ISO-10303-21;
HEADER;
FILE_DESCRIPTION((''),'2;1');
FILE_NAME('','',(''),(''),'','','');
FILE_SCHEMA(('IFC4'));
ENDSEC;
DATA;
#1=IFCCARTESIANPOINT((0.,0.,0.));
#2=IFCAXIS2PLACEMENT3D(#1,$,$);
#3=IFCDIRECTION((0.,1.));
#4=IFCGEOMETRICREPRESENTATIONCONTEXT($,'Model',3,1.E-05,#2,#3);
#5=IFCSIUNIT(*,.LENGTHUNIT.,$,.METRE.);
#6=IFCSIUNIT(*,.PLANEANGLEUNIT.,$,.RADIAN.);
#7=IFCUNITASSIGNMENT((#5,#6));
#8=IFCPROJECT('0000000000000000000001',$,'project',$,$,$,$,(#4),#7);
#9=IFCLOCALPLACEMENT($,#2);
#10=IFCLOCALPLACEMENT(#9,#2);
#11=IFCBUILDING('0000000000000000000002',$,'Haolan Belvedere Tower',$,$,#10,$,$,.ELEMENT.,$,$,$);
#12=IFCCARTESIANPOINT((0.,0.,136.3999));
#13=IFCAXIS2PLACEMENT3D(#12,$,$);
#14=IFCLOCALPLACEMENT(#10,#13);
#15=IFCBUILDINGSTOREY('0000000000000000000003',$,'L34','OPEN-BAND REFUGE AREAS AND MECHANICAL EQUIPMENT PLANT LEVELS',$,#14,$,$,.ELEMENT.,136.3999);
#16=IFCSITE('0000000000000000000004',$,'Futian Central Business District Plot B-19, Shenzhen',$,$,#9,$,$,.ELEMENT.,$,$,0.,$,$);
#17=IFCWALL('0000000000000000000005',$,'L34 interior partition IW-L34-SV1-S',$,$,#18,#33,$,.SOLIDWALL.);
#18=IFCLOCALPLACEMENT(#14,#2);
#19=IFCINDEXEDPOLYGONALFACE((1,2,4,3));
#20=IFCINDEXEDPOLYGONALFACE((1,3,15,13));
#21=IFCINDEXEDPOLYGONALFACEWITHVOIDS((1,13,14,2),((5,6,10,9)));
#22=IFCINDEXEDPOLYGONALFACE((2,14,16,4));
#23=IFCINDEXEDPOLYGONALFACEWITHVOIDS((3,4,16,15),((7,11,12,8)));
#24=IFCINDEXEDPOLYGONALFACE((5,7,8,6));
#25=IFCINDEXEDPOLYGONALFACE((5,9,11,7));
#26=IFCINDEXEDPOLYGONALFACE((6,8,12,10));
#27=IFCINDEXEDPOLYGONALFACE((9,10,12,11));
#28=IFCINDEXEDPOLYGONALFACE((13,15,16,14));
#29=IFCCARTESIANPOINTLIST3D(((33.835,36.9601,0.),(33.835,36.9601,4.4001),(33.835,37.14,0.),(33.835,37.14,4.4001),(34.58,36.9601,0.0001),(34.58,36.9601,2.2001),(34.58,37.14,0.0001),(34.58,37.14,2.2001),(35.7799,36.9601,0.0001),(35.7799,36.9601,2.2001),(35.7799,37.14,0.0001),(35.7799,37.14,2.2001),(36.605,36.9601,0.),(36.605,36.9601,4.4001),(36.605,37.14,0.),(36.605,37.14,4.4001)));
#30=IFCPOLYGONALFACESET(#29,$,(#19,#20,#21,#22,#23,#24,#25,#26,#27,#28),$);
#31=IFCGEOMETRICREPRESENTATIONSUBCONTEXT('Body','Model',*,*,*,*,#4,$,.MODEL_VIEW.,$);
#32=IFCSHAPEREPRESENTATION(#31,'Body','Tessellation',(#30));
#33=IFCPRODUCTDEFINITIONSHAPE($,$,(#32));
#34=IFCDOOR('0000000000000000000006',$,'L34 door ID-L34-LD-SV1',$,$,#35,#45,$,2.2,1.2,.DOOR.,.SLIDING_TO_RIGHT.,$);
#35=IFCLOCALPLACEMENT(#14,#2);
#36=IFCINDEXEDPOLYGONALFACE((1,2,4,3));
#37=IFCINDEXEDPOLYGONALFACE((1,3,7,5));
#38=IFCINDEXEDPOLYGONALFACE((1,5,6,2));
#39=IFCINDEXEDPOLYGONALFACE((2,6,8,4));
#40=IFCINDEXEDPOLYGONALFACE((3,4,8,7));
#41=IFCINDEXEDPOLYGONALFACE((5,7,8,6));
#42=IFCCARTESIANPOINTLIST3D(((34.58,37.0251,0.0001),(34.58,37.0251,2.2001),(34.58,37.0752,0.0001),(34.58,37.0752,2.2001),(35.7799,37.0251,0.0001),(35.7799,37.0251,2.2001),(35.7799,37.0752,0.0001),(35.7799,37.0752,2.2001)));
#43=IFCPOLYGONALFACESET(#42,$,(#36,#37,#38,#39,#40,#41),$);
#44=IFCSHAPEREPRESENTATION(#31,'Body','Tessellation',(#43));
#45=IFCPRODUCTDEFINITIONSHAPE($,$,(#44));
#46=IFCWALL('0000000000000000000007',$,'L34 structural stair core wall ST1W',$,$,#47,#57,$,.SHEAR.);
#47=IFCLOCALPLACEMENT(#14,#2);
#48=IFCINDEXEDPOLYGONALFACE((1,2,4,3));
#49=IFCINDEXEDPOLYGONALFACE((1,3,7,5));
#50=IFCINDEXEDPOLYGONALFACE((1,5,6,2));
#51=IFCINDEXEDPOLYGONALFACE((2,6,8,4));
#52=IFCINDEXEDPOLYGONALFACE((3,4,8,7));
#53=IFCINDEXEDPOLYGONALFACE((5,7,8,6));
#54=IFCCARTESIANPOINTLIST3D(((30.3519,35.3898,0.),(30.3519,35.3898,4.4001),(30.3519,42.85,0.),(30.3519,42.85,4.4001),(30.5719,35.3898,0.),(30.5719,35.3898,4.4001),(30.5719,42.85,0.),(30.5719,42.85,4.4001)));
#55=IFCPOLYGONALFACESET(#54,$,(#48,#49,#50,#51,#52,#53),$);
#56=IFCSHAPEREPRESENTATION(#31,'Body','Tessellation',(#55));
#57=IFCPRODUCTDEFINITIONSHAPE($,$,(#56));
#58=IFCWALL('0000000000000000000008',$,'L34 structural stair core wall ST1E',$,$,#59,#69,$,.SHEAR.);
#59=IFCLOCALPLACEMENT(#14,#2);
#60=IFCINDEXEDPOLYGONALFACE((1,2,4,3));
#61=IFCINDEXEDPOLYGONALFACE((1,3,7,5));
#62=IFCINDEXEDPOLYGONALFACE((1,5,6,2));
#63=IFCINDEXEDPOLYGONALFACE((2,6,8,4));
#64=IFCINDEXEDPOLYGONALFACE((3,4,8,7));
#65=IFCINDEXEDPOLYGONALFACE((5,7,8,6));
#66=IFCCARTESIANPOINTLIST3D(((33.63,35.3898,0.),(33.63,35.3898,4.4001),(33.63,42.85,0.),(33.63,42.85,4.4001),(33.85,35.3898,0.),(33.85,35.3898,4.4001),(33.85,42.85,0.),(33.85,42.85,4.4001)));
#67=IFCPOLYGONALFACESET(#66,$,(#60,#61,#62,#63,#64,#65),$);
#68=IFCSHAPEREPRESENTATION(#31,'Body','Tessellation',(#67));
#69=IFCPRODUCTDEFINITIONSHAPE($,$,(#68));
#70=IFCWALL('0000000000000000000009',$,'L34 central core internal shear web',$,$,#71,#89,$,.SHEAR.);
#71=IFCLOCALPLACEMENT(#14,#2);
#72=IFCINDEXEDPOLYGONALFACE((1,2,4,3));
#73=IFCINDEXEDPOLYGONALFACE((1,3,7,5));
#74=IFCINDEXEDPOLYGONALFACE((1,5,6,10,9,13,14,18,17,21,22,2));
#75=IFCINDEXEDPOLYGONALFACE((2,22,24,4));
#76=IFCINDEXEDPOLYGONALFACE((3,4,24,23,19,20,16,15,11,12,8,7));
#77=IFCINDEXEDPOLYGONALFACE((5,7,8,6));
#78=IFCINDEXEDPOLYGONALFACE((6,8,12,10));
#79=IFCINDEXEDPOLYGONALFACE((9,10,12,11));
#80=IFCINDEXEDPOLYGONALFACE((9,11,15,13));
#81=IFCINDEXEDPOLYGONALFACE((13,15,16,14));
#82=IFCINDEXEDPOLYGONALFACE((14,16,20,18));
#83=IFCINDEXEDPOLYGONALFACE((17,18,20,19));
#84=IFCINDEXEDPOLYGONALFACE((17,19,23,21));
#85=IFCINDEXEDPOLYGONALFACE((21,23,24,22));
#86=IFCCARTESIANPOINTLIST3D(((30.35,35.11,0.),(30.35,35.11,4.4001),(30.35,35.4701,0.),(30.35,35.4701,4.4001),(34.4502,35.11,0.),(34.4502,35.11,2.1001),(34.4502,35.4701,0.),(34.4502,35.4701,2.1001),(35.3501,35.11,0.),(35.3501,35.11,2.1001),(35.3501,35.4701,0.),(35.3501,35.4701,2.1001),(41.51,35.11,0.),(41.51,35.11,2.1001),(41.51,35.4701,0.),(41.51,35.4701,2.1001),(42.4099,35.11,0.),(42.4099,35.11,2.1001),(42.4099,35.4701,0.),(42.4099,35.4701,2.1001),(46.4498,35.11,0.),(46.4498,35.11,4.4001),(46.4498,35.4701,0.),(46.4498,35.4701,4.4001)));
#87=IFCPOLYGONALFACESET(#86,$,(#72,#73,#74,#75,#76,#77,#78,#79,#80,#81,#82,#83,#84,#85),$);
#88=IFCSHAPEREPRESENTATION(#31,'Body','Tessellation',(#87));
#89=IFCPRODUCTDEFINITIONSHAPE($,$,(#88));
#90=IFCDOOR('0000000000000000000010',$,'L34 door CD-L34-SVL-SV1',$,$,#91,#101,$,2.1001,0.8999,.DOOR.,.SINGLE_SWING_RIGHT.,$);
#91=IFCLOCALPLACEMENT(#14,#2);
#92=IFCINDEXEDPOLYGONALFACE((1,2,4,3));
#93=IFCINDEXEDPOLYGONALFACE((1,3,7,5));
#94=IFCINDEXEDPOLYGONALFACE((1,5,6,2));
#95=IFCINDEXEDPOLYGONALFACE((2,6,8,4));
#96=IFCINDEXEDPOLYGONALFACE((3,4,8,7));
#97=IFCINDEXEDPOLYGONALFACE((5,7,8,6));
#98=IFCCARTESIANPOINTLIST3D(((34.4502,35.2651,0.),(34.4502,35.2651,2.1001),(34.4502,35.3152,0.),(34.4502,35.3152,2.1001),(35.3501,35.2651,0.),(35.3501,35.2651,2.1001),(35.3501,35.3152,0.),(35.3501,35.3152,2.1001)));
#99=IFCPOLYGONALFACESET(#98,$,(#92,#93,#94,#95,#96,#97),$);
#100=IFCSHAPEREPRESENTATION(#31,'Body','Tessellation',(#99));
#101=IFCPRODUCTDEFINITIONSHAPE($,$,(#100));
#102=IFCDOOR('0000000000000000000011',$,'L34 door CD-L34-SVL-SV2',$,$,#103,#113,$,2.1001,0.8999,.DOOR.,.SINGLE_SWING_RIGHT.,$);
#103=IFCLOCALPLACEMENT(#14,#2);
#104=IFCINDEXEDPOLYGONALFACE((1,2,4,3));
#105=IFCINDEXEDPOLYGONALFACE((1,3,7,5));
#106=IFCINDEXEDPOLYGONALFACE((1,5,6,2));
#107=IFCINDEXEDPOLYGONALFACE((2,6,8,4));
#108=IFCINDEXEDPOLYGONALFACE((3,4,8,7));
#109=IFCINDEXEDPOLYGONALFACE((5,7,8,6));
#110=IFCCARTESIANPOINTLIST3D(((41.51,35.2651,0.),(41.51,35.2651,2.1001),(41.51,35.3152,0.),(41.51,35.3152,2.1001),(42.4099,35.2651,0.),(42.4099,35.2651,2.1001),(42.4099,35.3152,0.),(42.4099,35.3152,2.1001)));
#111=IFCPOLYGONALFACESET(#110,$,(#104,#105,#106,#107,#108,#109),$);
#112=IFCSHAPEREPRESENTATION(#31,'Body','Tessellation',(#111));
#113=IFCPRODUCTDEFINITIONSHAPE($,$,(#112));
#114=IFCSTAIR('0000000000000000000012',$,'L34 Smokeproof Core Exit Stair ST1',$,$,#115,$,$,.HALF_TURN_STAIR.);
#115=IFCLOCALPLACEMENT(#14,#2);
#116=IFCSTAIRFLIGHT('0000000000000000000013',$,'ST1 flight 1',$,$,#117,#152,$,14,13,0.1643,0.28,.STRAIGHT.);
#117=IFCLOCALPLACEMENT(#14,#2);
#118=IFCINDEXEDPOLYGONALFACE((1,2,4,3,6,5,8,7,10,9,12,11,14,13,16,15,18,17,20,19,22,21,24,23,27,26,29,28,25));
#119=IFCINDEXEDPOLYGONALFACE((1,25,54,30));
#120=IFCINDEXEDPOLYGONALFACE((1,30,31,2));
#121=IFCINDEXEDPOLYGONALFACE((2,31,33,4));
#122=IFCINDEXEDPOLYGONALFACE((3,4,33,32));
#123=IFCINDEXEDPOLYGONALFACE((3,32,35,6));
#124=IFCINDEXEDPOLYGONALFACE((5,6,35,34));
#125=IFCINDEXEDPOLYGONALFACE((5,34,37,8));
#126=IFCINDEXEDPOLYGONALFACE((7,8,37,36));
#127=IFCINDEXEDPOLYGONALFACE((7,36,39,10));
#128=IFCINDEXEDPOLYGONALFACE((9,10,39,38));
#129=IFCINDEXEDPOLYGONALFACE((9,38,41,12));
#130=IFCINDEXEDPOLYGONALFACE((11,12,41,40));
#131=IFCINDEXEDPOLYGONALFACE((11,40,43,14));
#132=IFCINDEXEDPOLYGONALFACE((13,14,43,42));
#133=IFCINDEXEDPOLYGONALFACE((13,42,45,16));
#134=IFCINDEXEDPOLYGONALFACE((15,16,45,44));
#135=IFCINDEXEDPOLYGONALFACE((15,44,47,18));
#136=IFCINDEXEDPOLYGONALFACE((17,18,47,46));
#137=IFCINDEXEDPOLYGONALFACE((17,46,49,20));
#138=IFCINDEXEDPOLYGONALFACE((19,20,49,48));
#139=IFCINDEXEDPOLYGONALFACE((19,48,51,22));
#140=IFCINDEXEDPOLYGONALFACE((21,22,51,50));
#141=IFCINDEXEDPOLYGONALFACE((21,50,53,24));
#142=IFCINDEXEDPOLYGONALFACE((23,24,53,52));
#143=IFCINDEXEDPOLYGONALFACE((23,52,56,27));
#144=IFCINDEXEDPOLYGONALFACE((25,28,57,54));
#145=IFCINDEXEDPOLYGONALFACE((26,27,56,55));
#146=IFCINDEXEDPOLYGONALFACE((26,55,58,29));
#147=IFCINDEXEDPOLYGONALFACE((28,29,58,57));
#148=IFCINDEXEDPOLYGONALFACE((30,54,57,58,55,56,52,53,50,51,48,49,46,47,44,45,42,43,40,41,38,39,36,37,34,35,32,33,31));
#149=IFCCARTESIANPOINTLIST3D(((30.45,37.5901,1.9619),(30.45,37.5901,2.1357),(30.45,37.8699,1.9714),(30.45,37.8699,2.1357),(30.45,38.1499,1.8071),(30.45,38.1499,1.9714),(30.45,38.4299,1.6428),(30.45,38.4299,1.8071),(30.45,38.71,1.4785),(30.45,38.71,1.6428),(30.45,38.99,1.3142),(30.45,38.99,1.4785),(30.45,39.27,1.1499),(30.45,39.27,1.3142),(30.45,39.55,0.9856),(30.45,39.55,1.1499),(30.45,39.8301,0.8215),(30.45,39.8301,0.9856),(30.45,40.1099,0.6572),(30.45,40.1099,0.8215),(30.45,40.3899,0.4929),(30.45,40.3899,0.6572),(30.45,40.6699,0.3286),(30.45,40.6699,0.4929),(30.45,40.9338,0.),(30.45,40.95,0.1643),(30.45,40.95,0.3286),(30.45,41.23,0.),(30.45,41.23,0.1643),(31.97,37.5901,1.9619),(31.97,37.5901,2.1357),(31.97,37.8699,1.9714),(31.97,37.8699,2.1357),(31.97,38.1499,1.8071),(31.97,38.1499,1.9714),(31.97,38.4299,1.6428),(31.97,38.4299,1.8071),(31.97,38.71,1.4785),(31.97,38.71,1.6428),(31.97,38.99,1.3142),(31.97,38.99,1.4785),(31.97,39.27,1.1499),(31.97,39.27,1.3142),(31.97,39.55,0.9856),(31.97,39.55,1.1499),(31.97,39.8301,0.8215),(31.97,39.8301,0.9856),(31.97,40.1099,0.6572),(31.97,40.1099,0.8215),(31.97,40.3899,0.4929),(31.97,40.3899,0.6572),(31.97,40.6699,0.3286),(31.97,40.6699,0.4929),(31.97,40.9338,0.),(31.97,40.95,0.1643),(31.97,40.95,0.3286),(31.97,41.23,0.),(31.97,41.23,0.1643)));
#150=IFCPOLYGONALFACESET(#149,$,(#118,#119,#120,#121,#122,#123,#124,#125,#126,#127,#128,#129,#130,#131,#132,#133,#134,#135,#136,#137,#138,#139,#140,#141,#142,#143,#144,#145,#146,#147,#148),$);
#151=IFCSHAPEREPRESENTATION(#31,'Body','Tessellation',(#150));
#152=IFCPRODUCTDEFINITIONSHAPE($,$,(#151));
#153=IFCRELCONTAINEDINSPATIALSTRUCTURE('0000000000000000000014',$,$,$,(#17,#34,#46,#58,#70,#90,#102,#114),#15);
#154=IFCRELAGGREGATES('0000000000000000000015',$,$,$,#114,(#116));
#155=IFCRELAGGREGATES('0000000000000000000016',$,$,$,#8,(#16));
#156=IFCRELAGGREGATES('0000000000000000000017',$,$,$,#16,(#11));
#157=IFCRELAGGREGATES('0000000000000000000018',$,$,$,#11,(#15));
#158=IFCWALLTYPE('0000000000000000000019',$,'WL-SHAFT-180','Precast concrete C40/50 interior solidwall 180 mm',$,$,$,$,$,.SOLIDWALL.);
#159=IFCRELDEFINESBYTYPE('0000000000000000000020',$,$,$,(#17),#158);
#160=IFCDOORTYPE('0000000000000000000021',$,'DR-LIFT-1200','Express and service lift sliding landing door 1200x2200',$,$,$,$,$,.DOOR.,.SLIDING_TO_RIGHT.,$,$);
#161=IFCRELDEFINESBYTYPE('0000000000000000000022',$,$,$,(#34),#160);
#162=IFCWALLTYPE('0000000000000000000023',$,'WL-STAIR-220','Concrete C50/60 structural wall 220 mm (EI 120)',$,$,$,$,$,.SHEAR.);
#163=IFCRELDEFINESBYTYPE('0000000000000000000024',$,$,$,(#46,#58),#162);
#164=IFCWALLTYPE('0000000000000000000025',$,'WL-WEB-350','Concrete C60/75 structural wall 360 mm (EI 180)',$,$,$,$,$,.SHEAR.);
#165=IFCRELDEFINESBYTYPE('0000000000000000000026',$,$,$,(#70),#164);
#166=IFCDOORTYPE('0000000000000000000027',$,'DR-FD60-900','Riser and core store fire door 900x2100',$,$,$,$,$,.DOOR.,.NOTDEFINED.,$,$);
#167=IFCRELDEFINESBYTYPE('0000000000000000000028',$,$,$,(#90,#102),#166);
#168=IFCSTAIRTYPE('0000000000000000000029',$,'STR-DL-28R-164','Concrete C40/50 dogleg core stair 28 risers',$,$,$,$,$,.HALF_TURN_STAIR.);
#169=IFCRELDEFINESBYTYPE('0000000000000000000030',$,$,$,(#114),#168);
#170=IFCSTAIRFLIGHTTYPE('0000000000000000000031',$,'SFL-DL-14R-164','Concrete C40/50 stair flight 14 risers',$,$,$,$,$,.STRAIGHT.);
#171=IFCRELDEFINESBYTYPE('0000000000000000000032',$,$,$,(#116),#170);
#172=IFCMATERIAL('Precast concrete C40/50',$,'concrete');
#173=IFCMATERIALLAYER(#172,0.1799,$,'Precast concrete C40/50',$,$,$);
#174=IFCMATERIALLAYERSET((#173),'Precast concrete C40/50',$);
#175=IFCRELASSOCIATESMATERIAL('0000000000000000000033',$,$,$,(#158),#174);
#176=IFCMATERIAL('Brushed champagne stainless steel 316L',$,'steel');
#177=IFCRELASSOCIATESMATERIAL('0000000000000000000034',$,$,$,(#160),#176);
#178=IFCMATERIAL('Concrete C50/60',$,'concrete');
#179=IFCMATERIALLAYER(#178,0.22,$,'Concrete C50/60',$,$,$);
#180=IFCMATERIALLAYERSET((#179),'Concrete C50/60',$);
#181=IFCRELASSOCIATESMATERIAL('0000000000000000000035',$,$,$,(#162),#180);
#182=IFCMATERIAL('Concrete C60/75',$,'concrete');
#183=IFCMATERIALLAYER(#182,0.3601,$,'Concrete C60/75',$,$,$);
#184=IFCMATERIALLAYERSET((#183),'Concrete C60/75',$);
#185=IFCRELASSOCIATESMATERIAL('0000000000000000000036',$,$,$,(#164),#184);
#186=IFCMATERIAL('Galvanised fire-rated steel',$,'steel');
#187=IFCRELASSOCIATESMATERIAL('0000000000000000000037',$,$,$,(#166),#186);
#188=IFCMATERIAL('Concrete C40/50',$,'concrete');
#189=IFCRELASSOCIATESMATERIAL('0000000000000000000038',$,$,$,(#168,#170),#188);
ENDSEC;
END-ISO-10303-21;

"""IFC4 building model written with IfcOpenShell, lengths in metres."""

from ifc_helpers import new_model, si_unit, direction, frame, frame_2d, origin, place, context, subcontext, project, spatial, polyline, rectangle, outline, extrude, material, layer, layer_set, type_object, element, fill, aggregate, save


model = new_model("IFC4")

# Units and contexts
model_context = context("Model", 3, precision=1e-05, world=origin(), true_north=direction((0.0, 1.0)))
body_context = subcontext(model_context, "Body", "Model", "MODEL_VIEW")
ifc_project = project(units=[si_unit("LENGTHUNIT", "METRE"), si_unit("PLANEANGLEUNIT", "RADIAN")], contexts=[model_context])

# Site, building, storey
site_placement = place(None, origin())
site = spatial("IfcSite", under=ifc_project, at=site_placement, Name="Futian Central Business District Plot B-19, Shenzhen", CompositionType="ELEMENT", RefElevation=0.0)
building_placement = place(site_placement, origin())
building = spatial("IfcBuilding", under=site, at=building_placement, Name="Haolan Belvedere Tower", CompositionType="ELEMENT")
storey_placement = place(building_placement, frame((0.0, 0.0, 136.3999)))
storey = spatial("IfcBuildingStorey", under=building, at=storey_placement, Name="L34", Description="OPEN-BAND REFUGE AREAS AND MECHANICAL EQUIPMENT PLANT LEVELS", CompositionType="ELEMENT", Elevation=136.3999)

# Shared definitions
ifc_material_1 = material(Name="Concrete C60/75", Category="concrete")

# Shared definitions
ifc_material_2 = material(Name="Concrete C40/50", Category="concrete")
ifc_material_3 = material(Name="Galvanised fire-rated steel", Category="steel")

# Shared definitions
ifc_material_4 = material(Name="Precast concrete C40/50", Category="concrete")
ifc_layer_1 = layer(ifc_material_4, 0.1799, Name="Precast concrete C40/50")
ifc_layer_set_1 = layer_set([ifc_layer_1], Name="Precast concrete C40/50")
wall_type_1 = type_object("IfcWallType", Name="WL-SHAFT-180", Description="Precast concrete C40/50 interior solidwall 180 mm", PredefinedType="SOLIDWALL", material=ifc_layer_set_1)

# Wall, opening, door
wall_1_placement = place(storey_placement, frame((33.835, 37.05, 0.0), z_axis=(0.0, 0.0, 1.0), x_axis=(1.0, 0.0, 0.0)))
wall_1 = element("IfcWall", 1, at=wall_1_placement, inside=storey, type_object=wall_type_1, Name="L34 interior partition IW-L34-SV1-S", PredefinedType="SOLIDWALL", context=body_context, shape_type="SweptSolid", body=[
    extrude(rectangle(XDim=2.77, YDim=0.1799, at=frame_2d((1.385, 0.0))), origin(), (0.0, 0.0, 1.0), 4.4001),
])
opening_1_placement = place(wall_1_placement, frame((1.9451, 0.0, 0.0), z_axis=(0.0, 0.0, 1.0), x_axis=(-1.0, 0.0, 0.0)))
opening_1 = element("IfcOpeningElement", 2, at=opening_1_placement, cuts=wall_1, PredefinedType="OPENING", context=body_context, shape_type="SweptSolid", body=[
    extrude(rectangle(XDim=1.2, YDim=2.2, at=frame_2d((0.6001, 1.1001))), frame((0.0, 0.0999, 0.0), z_axis=(0.0, -1.0, 0.0), x_axis=(1.0, 0.0, 0.0)), (0.0, 0.0, 1.0), 0.2),
])
ifc_material_5 = material(Name="Brushed champagne stainless steel 316L", Category="steel")
door_type_1 = type_object("IfcDoorType", Name="DR-LIFT-1200", Description="Express and service lift sliding landing door 1200x2200", OperationType="SLIDING_TO_RIGHT", PredefinedType="DOOR", material=ifc_material_5)
door_1_placement = place(opening_1_placement, origin())
door_1 = element("IfcDoor", 3, at=door_1_placement, inside=storey, type_object=door_type_1, Name="L34 door ID-L34-LD-SV1", OperationType="SLIDING_TO_RIGHT", OverallHeight=2.2, OverallWidth=1.2, PredefinedType="DOOR", context=body_context, shape_type="SweptSolid", body=[
    extrude(rectangle(XDim=1.2, YDim=2.2, at=frame_2d((0.6001, 1.1001))), frame((0.0, 0.0249, 0.0), z_axis=(0.0, -1.0, 0.0), x_axis=(1.0, 0.0, 0.0)), (0.0, 0.0, 1.0), 0.05),
])
fill(opening_1, door_1)

# Walls
ifc_material_6 = material(Name="Concrete C50/60", Category="concrete")
ifc_layer_2 = layer(ifc_material_6, 0.22, Name="Concrete C50/60")
ifc_layer_set_2 = layer_set([ifc_layer_2], Name="Concrete C50/60")
wall_type_2 = type_object("IfcWallType", Name="WL-STAIR-220", Description="Concrete C50/60 structural wall 220 mm (EI 120)", PredefinedType="SHEAR", material=ifc_layer_set_2)
for number, where, z_axis, x_axis, name in (
    (4, (30.4619, 35.3899, 0.0), (0.0, 0.0, 1.0), (0.0, 1.0, 0.0), "L34 structural stair core wall ST1W"),
    (5, (33.74, 35.3899, 0.0), (0.0, 0.0, 1.0), (0.0, 1.0, 0.0), "L34 structural stair core wall ST1E"),
):
    element("IfcWall", number, at=place(storey_placement, frame(where, z_axis=z_axis, x_axis=x_axis)), inside=storey, type_object=wall_type_2, Name=name, PredefinedType="SHEAR", context=body_context, shape_type="SweptSolid", body=[
        extrude(rectangle(XDim=7.4602, YDim=0.22, at=frame_2d((3.73, 0.0))), origin(), (0.0, 0.0, 1.0), 4.4001),
    ])

# Wall, openings, doors
ifc_layer_3 = layer(ifc_material_1, 0.3601, Name="Concrete C60/75")
ifc_layer_set_3 = layer_set([ifc_layer_3], Name="Concrete C60/75")
wall_type_3 = type_object("IfcWallType", Name="WL-WEB-350", Description="Concrete C60/75 structural wall 360 mm (EI 180)", PredefinedType="SHEAR", material=ifc_layer_set_3)
wall_2_placement = place(storey_placement, frame((30.3501, 35.29, 0.0), z_axis=(0.0, 0.0, 1.0), x_axis=(1.0, 0.0, 0.0)))
wall_2 = element("IfcWall", 6, at=wall_2_placement, inside=storey, type_object=wall_type_3, Name="L34 central core internal shear web", PredefinedType="SHEAR", context=body_context, shape_type="SweptSolid", body=[
    extrude(rectangle(XDim=16.0999, YDim=0.3601, at=frame_2d((8.0498, 0.0))), origin(), (0.0, 0.0, 1.0), 4.4001),
])
opening_2_placement = place(wall_2_placement, frame((5.0, 0.0, 0.0), z_axis=(0.0, 0.0, 1.0), x_axis=(-1.0, 0.0, 0.0)))
opening_2 = element("IfcOpeningElement", 7, at=opening_2_placement, cuts=wall_2, PredefinedType="OPENING", context=body_context, shape_type="SweptSolid", body=[
    extrude(rectangle(XDim=0.8999, YDim=2.1001, at=frame_2d((0.45, 1.05))), frame((0.0, 0.1899, 0.0), z_axis=(0.0, -1.0, 0.0), x_axis=(1.0, 0.0, 0.0)), (0.0, 0.0, 1.0), 0.3801),
])
opening_3_placement = place(wall_2_placement, frame((12.0598, 0.0, 0.0), z_axis=(0.0, 0.0, 1.0), x_axis=(-1.0, 0.0, 0.0)))
opening_3 = element("IfcOpeningElement", 8, at=opening_3_placement, cuts=wall_2, PredefinedType="OPENING", context=body_context, shape_type="SweptSolid", body=[
    extrude(rectangle(XDim=0.8999, YDim=2.1001, at=frame_2d((0.45, 1.05))), frame((0.0, 0.1899, 0.0), z_axis=(0.0, -1.0, 0.0), x_axis=(1.0, 0.0, 0.0)), (0.0, 0.0, 1.0), 0.3801),
])
door_type_2 = type_object("IfcDoorType", Name="DR-FD60-900", Description="Riser and core store fire door 900x2100", OperationType="NOTDEFINED", PredefinedType="DOOR", material=ifc_material_3)
door_2_placement = place(opening_2_placement, origin())
door_2 = element("IfcDoor", 9, at=door_2_placement, inside=storey, type_object=door_type_2, Name="L34 door CD-L34-SVL-SV1", OperationType="SINGLE_SWING_RIGHT", OverallHeight=2.1001, OverallWidth=0.8999, PredefinedType="DOOR", context=body_context, shape_type="SweptSolid", body=[
    extrude(rectangle(XDim=0.8999, YDim=2.1001, at=frame_2d((0.45, 1.05))), frame((0.0, 0.0249, 0.0), z_axis=(0.0, -1.0, 0.0), x_axis=(1.0, 0.0, 0.0)), (0.0, 0.0, 1.0), 0.05),
])
fill(opening_2, door_2)
door_3_placement = place(opening_3_placement, origin())
door_3 = element("IfcDoor", 10, at=door_3_placement, inside=storey, type_object=door_type_2, Name="L34 door CD-L34-SVL-SV2", OperationType="SINGLE_SWING_RIGHT", OverallHeight=2.1001, OverallWidth=0.8999, PredefinedType="DOOR", context=body_context, shape_type="SweptSolid", body=[
    extrude(rectangle(XDim=0.8999, YDim=2.1001, at=frame_2d((0.45, 1.05))), frame((0.0, 0.0249, 0.0), z_axis=(0.0, -1.0, 0.0), x_axis=(1.0, 0.0, 0.0)), (0.0, 0.0, 1.0), 0.05),
])
fill(opening_3, door_3)

# Stair, stair flight
stair_type = type_object("IfcStairType", Name="STR-DL-28R-164", Description="Concrete C40/50 dogleg core stair 28 risers", PredefinedType="HALF_TURN_STAIR", material=ifc_material_2)
stair_placement = place(storey_placement, origin())
stair = element("IfcStair", 11, at=stair_placement, inside=storey, type_object=stair_type, Name="L34 Smokeproof Core Exit Stair ST1", PredefinedType="HALF_TURN_STAIR")
stair_flight_type = type_object("IfcStairFlightType", Name="SFL-DL-14R-164", Description="Concrete C40/50 stair flight 14 risers", PredefinedType="STRAIGHT", material=ifc_material_2)
stair_flight_1_placement = place(storey_placement, frame((31.21, 41.23, 0.0), z_axis=(0.0, 0.0, 1.0), x_axis=(0.0, -1.0, 0.0)))
stair_flight_1 = element("IfcStairFlight", 12, at=stair_flight_1_placement, type_object=stair_flight_type, Name="ST1 flight 1", NumberOfRisers=14, NumberOfTreads=13, PredefinedType="STRAIGHT", RiserHeight=0.1643, TreadLength=0.28, context=body_context, shape_type="SweptSolid", body=[
    extrude(outline(polyline([(0.0, 0.0), (0.0, 0.1643), (0.28, 0.1643), (0.28, 0.3286), (0.5601, 0.3286), (0.5601, 0.4929), (0.8401, 0.4929), (0.8401, 0.6572), (1.1201, 0.6572), (1.1201, 0.8215), (1.3999, 0.8215), (1.3999, 0.9856), (1.6799, 0.9856), (1.6799, 1.1499), (1.96, 1.1499), (1.96, 1.3142), (2.24, 1.3142), (2.24, 1.4785), (2.52, 1.4785), (2.52, 1.6428), (2.8, 1.6428), (2.8, 1.8071), (3.0801, 1.8071), (3.0801, 1.9714), (3.3601, 1.9714), (3.3601, 2.1357), (3.6399, 2.1357), (3.6399, 2.3), (3.6399, 1.9619), (0.2961, 0.0), (0.0, 0.0)])), frame((0.0, 0.76, 0.0), z_axis=(0.0, -1.0, 0.0), x_axis=(1.0, 0.0, 0.0)), (0.0, 0.0, 1.0), 1.52),
])
aggregate(stair, [stair_flight_1])

save(model, "model.ifc")
